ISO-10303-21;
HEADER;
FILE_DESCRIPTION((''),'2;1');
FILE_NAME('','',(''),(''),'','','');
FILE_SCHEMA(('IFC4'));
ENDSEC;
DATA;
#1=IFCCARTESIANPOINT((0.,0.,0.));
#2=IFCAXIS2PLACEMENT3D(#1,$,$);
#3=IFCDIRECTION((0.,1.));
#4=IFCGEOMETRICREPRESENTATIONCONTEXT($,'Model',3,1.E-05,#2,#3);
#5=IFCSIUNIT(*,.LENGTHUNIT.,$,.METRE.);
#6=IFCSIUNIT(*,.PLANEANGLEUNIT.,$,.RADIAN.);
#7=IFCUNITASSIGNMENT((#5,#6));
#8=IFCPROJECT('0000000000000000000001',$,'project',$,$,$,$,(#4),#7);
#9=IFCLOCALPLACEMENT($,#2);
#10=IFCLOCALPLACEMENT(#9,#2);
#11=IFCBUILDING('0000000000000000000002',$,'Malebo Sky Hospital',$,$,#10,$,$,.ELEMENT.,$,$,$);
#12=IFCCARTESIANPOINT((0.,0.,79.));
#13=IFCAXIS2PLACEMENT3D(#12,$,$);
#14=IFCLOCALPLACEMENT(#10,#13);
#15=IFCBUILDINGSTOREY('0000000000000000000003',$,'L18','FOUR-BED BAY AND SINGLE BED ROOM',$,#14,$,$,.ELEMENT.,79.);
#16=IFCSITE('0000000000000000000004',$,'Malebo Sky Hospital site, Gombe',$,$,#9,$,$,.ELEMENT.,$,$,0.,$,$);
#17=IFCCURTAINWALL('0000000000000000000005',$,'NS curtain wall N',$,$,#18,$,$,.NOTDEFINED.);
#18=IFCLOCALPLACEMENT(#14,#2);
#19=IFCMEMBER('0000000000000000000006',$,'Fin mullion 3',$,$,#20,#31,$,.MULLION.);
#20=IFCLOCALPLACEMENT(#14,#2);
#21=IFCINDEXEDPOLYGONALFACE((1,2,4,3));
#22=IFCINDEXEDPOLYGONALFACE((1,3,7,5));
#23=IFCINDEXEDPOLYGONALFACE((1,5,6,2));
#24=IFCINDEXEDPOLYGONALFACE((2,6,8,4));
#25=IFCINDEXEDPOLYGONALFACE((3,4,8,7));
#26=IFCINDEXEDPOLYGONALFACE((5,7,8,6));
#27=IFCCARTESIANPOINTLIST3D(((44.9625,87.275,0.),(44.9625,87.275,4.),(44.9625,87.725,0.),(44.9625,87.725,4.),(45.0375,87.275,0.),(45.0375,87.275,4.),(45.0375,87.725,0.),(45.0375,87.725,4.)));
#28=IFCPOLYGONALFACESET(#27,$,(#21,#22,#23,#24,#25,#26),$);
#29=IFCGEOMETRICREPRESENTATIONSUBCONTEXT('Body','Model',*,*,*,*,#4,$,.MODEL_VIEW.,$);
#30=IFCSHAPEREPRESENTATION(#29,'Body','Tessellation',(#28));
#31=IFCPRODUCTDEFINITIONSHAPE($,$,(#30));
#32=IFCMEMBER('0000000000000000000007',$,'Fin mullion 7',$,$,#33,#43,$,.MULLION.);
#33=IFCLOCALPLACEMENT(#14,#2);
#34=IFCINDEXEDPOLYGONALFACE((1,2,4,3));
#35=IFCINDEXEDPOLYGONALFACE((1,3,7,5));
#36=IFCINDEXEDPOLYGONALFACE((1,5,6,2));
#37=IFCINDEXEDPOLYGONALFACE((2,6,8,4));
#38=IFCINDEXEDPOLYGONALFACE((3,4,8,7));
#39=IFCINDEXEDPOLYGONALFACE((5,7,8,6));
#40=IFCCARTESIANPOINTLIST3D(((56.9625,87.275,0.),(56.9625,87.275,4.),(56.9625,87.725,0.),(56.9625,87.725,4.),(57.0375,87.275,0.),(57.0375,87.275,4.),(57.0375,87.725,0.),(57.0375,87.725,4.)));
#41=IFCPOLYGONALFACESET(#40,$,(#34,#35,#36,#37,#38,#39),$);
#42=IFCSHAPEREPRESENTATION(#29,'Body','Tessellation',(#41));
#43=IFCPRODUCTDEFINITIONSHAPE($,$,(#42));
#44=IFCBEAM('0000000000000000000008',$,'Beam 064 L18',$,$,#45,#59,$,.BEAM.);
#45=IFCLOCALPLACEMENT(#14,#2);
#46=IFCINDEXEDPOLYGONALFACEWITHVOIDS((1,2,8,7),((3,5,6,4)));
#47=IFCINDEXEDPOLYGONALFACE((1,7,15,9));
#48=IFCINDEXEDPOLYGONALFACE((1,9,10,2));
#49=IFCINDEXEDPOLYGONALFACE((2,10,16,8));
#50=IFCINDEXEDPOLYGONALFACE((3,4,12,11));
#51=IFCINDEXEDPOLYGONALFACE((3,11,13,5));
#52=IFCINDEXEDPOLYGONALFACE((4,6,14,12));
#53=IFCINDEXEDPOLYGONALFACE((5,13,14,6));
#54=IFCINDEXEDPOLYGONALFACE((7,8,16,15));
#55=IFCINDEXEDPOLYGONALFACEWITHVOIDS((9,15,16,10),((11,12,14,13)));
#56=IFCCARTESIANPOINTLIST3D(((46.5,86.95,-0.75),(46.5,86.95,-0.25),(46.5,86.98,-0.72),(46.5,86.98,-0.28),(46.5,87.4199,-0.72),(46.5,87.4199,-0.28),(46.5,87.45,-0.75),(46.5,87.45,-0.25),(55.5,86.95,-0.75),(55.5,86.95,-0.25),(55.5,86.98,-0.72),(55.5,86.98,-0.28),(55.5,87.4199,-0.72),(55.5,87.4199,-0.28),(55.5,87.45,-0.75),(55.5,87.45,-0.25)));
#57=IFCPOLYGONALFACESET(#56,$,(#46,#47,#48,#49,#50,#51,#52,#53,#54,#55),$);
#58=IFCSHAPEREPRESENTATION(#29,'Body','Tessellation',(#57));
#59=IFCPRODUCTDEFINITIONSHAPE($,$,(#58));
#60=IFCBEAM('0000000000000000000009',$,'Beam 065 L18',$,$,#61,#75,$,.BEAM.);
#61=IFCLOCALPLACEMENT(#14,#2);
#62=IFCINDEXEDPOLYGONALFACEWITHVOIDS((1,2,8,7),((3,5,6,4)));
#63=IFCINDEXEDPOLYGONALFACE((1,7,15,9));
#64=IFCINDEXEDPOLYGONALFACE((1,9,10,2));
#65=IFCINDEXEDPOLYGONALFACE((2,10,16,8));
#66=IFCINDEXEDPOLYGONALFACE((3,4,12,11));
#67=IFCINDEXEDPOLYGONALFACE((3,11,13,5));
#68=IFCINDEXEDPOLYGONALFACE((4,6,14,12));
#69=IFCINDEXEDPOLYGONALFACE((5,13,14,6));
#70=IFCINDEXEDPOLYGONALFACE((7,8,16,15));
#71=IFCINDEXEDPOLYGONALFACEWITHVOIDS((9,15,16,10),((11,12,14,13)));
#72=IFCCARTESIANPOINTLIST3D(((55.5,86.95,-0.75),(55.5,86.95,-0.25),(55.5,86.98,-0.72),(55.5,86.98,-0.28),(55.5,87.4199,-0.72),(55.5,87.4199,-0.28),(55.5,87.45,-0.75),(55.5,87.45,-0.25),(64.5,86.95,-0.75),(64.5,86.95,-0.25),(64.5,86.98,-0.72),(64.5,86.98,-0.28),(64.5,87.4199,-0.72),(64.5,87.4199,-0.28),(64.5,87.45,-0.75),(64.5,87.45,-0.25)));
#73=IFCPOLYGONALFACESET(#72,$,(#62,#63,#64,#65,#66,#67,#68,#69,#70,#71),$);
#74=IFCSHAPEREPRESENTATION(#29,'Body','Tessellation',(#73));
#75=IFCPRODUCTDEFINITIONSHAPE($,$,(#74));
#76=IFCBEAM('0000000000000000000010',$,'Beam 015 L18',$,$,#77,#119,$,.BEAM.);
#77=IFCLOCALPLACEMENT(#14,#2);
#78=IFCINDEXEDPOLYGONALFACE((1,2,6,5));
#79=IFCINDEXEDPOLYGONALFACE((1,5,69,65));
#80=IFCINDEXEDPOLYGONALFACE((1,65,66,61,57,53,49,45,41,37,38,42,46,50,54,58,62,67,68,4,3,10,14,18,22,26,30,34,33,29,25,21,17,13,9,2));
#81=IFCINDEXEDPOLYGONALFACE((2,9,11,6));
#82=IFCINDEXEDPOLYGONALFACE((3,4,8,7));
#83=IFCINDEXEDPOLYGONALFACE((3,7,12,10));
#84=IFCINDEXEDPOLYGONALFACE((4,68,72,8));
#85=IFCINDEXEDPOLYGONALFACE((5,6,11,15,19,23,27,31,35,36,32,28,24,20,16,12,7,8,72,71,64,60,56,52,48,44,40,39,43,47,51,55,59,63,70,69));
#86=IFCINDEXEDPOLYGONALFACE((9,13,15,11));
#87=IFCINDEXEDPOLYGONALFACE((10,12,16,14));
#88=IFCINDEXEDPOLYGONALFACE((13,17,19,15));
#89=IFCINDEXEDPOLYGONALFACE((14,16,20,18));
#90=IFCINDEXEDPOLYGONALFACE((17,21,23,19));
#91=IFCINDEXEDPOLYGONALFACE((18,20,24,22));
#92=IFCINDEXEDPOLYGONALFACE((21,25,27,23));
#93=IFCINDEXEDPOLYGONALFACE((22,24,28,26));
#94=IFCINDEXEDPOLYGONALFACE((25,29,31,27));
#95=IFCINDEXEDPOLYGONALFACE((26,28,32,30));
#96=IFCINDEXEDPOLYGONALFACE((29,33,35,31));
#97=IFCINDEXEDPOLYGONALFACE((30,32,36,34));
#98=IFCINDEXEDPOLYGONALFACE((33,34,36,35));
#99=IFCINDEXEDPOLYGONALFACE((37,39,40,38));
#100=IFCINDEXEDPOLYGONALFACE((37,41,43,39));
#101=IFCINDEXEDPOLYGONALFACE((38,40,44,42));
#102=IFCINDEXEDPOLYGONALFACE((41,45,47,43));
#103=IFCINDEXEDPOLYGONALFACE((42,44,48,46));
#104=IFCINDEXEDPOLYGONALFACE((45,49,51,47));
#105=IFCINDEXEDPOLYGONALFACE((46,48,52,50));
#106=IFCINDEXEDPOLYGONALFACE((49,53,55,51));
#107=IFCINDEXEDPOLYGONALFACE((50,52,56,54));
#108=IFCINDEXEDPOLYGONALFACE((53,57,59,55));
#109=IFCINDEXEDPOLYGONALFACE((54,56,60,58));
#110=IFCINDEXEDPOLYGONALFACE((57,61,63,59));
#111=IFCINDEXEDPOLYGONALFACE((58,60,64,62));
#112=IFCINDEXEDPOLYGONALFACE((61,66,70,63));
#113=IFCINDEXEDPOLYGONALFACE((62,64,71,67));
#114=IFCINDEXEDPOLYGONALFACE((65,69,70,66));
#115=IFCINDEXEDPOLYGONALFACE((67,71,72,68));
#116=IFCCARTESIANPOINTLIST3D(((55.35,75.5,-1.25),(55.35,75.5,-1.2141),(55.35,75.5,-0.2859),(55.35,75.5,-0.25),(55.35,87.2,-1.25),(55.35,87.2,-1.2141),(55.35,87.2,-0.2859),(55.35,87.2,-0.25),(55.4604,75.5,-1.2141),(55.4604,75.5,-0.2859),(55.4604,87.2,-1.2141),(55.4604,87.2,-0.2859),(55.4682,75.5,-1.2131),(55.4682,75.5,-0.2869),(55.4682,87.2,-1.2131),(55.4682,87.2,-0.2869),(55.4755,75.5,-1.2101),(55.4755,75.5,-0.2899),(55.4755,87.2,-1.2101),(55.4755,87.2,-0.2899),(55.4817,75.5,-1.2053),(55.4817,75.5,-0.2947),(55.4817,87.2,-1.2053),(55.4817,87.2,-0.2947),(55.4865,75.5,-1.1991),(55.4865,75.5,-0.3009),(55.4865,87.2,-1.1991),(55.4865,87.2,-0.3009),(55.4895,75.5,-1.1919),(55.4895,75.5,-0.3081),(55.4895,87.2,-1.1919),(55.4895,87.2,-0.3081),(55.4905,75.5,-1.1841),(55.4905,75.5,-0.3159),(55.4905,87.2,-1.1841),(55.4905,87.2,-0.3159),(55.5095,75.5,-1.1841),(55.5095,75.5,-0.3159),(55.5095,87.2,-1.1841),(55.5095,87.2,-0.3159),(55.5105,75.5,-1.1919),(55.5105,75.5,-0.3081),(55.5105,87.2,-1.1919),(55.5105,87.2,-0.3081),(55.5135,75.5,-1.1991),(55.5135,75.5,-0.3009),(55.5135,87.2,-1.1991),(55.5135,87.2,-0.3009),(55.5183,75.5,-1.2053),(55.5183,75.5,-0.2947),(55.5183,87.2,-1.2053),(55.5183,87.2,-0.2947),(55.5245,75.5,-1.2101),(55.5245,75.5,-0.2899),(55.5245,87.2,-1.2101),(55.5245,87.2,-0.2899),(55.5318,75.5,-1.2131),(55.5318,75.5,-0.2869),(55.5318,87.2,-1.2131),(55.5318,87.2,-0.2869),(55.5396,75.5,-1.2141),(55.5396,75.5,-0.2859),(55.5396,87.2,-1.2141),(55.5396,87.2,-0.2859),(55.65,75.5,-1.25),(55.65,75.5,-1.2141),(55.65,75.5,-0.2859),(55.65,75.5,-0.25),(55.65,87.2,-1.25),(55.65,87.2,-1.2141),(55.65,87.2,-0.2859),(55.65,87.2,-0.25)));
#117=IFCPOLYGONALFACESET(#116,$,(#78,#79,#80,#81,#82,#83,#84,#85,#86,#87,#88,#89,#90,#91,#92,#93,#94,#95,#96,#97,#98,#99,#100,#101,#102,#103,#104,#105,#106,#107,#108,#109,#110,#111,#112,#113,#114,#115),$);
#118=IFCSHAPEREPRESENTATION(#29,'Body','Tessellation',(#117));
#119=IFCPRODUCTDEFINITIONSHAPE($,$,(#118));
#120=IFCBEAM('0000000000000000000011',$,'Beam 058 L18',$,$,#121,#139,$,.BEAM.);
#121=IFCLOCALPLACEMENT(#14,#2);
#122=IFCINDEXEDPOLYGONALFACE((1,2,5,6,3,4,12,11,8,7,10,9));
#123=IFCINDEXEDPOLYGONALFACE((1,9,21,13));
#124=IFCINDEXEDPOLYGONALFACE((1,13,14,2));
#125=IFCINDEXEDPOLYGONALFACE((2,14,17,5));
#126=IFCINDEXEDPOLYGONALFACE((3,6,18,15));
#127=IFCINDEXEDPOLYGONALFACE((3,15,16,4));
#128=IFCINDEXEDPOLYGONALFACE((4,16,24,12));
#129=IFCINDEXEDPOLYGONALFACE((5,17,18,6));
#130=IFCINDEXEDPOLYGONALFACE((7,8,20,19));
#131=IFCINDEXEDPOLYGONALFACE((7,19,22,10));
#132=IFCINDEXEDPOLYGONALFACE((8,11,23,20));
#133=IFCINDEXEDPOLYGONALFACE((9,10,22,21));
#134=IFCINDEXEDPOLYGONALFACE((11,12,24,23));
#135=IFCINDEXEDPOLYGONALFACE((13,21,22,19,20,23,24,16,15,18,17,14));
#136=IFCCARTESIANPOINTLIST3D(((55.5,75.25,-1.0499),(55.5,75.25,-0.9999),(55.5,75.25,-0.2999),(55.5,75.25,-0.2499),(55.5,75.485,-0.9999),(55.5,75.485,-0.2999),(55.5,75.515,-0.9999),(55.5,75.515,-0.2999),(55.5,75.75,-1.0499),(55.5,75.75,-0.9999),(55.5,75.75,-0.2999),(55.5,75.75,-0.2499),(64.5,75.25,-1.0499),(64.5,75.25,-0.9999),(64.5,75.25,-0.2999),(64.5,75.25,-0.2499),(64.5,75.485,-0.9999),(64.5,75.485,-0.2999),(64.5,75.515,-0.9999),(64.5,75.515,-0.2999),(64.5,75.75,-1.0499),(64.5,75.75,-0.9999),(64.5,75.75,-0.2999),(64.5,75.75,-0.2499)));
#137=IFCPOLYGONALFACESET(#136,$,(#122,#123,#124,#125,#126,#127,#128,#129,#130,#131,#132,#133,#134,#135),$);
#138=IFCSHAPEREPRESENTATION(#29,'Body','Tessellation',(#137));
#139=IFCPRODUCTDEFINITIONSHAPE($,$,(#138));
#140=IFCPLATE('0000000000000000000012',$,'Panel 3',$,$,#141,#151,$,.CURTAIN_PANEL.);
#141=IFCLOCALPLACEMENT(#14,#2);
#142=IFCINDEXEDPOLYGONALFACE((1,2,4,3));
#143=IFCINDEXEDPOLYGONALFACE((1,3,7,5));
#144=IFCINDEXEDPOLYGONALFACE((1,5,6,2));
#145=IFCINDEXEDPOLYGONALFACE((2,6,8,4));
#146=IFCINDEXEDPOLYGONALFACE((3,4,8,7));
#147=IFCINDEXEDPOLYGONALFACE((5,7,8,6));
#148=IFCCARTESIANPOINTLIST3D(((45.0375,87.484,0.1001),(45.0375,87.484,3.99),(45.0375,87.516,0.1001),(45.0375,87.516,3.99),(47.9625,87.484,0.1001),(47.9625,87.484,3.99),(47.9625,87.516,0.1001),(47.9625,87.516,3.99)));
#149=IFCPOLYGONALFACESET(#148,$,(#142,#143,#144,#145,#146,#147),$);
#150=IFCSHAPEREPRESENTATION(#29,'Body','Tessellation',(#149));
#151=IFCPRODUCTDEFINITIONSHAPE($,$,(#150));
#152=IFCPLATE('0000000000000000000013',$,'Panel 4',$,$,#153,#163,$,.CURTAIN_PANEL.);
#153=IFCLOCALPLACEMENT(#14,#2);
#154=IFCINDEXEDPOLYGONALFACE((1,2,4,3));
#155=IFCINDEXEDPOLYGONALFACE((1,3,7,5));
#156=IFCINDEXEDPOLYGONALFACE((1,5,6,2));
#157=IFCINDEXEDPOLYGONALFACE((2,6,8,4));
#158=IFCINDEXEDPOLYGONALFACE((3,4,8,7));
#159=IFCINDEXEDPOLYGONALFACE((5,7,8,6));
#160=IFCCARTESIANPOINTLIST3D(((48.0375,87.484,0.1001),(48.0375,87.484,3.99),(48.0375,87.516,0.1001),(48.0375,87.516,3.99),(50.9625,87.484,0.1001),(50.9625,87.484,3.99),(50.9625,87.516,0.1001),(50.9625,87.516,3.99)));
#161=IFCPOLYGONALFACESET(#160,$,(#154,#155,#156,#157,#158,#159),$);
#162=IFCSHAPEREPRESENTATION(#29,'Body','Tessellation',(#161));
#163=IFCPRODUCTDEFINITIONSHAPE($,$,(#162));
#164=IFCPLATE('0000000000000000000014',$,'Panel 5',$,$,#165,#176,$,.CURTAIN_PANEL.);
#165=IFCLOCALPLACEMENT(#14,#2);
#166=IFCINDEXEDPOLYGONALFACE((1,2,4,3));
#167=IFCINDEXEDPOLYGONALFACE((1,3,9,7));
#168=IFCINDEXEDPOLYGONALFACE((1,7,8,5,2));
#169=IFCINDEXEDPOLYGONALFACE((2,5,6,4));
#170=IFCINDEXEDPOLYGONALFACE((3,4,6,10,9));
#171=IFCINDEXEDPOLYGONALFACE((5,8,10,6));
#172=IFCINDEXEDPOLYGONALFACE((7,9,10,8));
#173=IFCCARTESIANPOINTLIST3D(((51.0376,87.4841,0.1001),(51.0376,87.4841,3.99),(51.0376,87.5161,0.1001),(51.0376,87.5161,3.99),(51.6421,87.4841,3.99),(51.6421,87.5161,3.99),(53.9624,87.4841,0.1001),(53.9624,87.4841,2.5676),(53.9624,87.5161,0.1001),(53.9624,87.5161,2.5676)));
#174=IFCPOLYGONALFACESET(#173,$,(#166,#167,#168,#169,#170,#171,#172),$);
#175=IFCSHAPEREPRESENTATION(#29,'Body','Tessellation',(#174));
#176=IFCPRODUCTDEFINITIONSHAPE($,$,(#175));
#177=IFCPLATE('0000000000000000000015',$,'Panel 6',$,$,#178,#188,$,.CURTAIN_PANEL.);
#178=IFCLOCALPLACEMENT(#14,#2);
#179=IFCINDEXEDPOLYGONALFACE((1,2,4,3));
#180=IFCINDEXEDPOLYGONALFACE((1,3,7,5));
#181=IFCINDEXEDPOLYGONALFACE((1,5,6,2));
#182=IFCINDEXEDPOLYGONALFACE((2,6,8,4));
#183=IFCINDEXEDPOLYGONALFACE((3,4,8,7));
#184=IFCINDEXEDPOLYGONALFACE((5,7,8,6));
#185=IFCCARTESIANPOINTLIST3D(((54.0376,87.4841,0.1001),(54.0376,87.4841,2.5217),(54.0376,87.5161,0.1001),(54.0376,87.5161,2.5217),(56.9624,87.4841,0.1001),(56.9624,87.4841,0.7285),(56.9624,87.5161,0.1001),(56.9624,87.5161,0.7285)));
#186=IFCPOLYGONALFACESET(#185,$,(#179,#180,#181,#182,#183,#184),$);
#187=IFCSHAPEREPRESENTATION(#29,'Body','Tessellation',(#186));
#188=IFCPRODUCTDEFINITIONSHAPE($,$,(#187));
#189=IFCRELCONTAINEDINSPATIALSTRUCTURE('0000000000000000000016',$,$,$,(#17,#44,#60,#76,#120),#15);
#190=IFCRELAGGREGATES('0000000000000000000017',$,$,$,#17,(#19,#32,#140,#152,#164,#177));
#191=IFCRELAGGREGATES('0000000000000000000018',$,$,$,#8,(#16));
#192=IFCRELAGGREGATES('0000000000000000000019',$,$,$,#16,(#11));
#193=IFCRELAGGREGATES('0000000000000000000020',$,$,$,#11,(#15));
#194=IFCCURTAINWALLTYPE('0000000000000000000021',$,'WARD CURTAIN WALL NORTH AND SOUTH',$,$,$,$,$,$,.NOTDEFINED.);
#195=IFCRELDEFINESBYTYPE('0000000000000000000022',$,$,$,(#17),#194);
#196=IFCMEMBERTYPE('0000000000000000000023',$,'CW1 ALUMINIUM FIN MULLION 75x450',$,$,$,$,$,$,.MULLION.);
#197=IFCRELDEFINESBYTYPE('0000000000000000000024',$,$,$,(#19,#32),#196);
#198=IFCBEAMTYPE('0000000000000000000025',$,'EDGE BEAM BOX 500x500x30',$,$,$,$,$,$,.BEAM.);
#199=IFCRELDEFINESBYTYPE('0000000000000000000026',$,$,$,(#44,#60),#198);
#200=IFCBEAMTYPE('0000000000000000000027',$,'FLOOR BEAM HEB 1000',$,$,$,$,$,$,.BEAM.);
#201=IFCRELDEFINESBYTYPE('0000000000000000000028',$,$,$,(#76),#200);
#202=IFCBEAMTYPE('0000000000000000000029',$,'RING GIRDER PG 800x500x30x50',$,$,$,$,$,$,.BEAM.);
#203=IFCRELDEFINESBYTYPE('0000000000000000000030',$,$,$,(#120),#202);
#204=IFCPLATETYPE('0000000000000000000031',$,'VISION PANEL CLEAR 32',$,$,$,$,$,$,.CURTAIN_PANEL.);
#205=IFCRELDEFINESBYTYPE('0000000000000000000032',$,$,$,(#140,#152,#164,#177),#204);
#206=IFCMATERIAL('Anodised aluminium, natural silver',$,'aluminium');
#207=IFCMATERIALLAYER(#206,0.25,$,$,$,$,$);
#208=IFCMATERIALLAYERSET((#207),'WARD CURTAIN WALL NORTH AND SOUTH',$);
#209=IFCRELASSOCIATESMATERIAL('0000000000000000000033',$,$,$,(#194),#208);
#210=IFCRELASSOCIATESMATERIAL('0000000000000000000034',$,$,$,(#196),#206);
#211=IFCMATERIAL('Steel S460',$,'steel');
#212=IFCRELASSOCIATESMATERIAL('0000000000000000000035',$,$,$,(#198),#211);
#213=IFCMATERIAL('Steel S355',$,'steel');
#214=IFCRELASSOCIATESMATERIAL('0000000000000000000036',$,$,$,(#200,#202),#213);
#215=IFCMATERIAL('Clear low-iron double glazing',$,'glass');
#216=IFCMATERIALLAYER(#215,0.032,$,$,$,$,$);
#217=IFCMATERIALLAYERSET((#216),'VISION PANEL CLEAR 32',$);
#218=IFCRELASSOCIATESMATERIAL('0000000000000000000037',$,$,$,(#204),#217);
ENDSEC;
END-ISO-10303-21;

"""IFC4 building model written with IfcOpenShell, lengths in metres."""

from ifc_helpers import new_model, si_unit, direction, frame, origin, origin_2d, place, context, subcontext, project, spatial, polyline, rectangle, hollow_rectangle, i_section, outline, extrude, material, layer, layer_set, material_profile, profile_set, type_object, element, aggregate, save


model = new_model("IFC4")

# Units and contexts
model_context = context("Model", 3, precision=1e-05, world=origin(), true_north=direction((0.0, 1.0)))
body_context = subcontext(model_context, "Body", "Model", "MODEL_VIEW")
ifc_project = project(units=[si_unit("LENGTHUNIT", "METRE"), si_unit("PLANEANGLEUNIT", "RADIAN")], contexts=[model_context])

# Site, building, storey
site_placement = place(None, origin())
site = spatial("IfcSite", under=ifc_project, at=site_placement, Name="Malebo Sky Hospital site, Gombe", CompositionType="ELEMENT", RefElevation=0.0)
building_placement = place(site_placement, origin())
building = spatial("IfcBuilding", under=site, at=building_placement, Name="Malebo Sky Hospital", CompositionType="ELEMENT")
storey_placement = place(building_placement, frame((0.0, 0.0, 79.0)))
storey = spatial("IfcBuildingStorey", under=building, at=storey_placement, Name="L18", Description="FOUR-BED BAY AND SINGLE BED ROOM", CompositionType="ELEMENT", Elevation=79.0)

# Shared definitions
ifc_material_1 = material(Name="Steel S460", Category="steel")

# Curtain wall
ifc_material_2 = material(Name="Anodised aluminium, natural silver", Category="aluminium")
ifc_layer_1 = layer(ifc_material_2, 0.25)
ifc_layer_set_1 = layer_set([ifc_layer_1], Name="WARD CURTAIN WALL NORTH AND SOUTH")
curtain_wall_type = type_object("IfcCurtainWallType", Name="WARD CURTAIN WALL NORTH AND SOUTH", PredefinedType="NOTDEFINED", material=ifc_layer_set_1)
curtain_wall_placement = place(storey_placement, origin())
curtain_wall = element("IfcCurtainWall", 1, at=curtain_wall_placement, inside=storey, type_object=curtain_wall_type, Name="NS curtain wall N", PredefinedType="NOTDEFINED")

# Members
ifc_material_3 = material(Name="Steel S355", Category="steel")
ifc_material_profile_1 = material_profile(ifc_material_2, rectangle(XDim=0.075, YDim=0.45, at=origin_2d()), Name="CW1 ALUMINIUM FIN MULLION 75x450")
ifc_profile_set_1 = profile_set([ifc_material_profile_1], Name="Anodised aluminium, natural silver")
member_type_1 = type_object("IfcMemberType", Name="CW1 ALUMINIUM FIN MULLION 75x450", PredefinedType="MULLION", material=ifc_profile_set_1)
member_1_placement = place(storey_placement, frame((45.0, 87.5, 0.0), z_axis=(0.0, 0.0, 1.0), x_axis=(1.0, 0.0, 0.0)))
member_1 = element("IfcMember", 2, at=member_1_placement, type_object=member_type_1, Name="Fin mullion 3", PredefinedType="MULLION", context=body_context, shape_type="SweptSolid", body=[
    extrude(rectangle(XDim=0.075, YDim=0.45, at=origin_2d()), origin(), (0.0, 0.0, 1.0), 4.0),
])
member_2_placement = place(storey_placement, frame((57.0, 87.5, 0.0), z_axis=(0.0, 0.0, 1.0), x_axis=(1.0, 0.0, 0.0)))
member_2 = element("IfcMember", 3, at=member_2_placement, type_object=member_type_1, Name="Fin mullion 7", PredefinedType="MULLION", context=body_context, shape_type="SweptSolid", body=[
    extrude(rectangle(XDim=0.075, YDim=0.45, at=origin_2d()), origin(), (0.0, 0.0, 1.0), 4.0),
])

# Beams
ifc_material_profile_2 = material_profile(ifc_material_1, hollow_rectangle(XDim=0.5, YDim=0.5, WallThickness=0.03, at=origin_2d()), Name="BOX 500x500x30")
ifc_profile_set_2 = profile_set([ifc_material_profile_2], Name="Steel S460")
beam_type_1 = type_object("IfcBeamType", Name="EDGE BEAM BOX 500x500x30", PredefinedType="BEAM", material=ifc_profile_set_2)
for number, where, z_axis, x_axis, name in (
    (4, (46.5, 87.2, -0.5), (1.0, 0.0, 0.0), (0.0, 1.0, 0.0), "Beam 064 L18"),
    (5, (55.5, 87.2, -0.5), (1.0, 0.0, 0.0), (0.0, 1.0, 0.0), "Beam 065 L18"),
):
    element("IfcBeam", number, at=place(storey_placement, frame(where, z_axis=z_axis, x_axis=x_axis)), inside=storey, type_object=beam_type_1, Name=name, PredefinedType="BEAM", context=body_context, shape_type="SweptSolid", body=[
        extrude(hollow_rectangle(XDim=0.5, YDim=0.5, WallThickness=0.03, at=origin_2d()), origin(), (0.0, 0.0, 1.0), 9.0),
    ])
ifc_material_profile_3 = material_profile(ifc_material_3, i_section(OverallWidth=0.3, OverallDepth=1.0, WebThickness=0.019, FlangeThickness=0.0359, FilletRadius=0.03, at=origin_2d()), Name="HEB 1000")
ifc_profile_set_3 = profile_set([ifc_material_profile_3], Name="Steel S355")
beam_type_2 = type_object("IfcBeamType", Name="FLOOR BEAM HEB 1000", PredefinedType="BEAM", material=ifc_profile_set_3)
beam_1_placement = place(storey_placement, frame((55.5, 75.5, -0.75), z_axis=(0.0, 1.0, 0.0), x_axis=(-1.0, 0.0, 0.0)))
element("IfcBeam", 6, at=beam_1_placement, inside=storey, type_object=beam_type_2, Name="Beam 015 L18", PredefinedType="BEAM", context=body_context, shape_type="SweptSolid", body=[
    extrude(i_section(OverallWidth=0.3, OverallDepth=1.0, WebThickness=0.019, FlangeThickness=0.0359, FilletRadius=0.03, at=origin_2d()), origin(), (0.0, 0.0, 1.0), 11.7),
])
ifc_material_profile_4 = material_profile(ifc_material_3, i_section(OverallWidth=0.5, OverallDepth=0.8, WebThickness=0.03, FlangeThickness=0.05, at=origin_2d()), Name="PG 800x500x30x50")
ifc_profile_set_4 = profile_set([ifc_material_profile_4], Name="Steel S355")
beam_type_3 = type_object("IfcBeamType", Name="RING GIRDER PG 800x500x30x50", PredefinedType="BEAM", material=ifc_profile_set_4)
beam_2_placement = place(storey_placement, frame((55.5, 75.5, -0.6499), z_axis=(1.0, 0.0, 0.0), x_axis=(0.0, 1.0, 0.0)))
element("IfcBeam", 7, at=beam_2_placement, inside=storey, type_object=beam_type_3, Name="Beam 058 L18", PredefinedType="BEAM", context=body_context, shape_type="SweptSolid", body=[
    extrude(i_section(OverallWidth=0.5, OverallDepth=0.8, WebThickness=0.03, FlangeThickness=0.05, at=origin_2d()), origin(), (0.0, 0.0, 1.0), 9.0),
])

# Plates
ifc_material_4 = material(Name="Clear low-iron double glazing", Category="glass")
ifc_layer_2 = layer(ifc_material_4, 0.032)
ifc_layer_set_2 = layer_set([ifc_layer_2], Name="VISION PANEL CLEAR 32")
plate_type = type_object("IfcPlateType", Name="VISION PANEL CLEAR 32", PredefinedType="CURTAIN_PANEL", material=ifc_layer_set_2)
plate_1_placement = place(storey_placement, frame((46.5, 87.5, 0.1001), z_axis=(0.0, 0.0, 1.0), x_axis=(1.0, 0.0, 0.0)))
plate_1 = element("IfcPlate", 8, at=plate_1_placement, type_object=plate_type, Name="Panel 3", PredefinedType="CURTAIN_PANEL", context=body_context, shape_type="SweptSolid", body=[
    extrude(rectangle(XDim=2.925, YDim=0.032, at=origin_2d()), origin(), (0.0, 0.0, 1.0), 3.8899),
])
plate_2_placement = place(storey_placement, frame((49.5, 87.5, 0.1001), z_axis=(0.0, 0.0, 1.0), x_axis=(1.0, 0.0, 0.0)))
plate_2 = element("IfcPlate", 9, at=plate_2_placement, type_object=plate_type, Name="Panel 4", PredefinedType="CURTAIN_PANEL", context=body_context, shape_type="SweptSolid", body=[
    extrude(rectangle(XDim=2.925, YDim=0.032, at=origin_2d()), origin(), (0.0, 0.0, 1.0), 3.8899),
])
plate_3_placement = place(storey_placement, frame((52.5, 87.5, 0.1001), z_axis=(0.0, 0.0, 1.0), x_axis=(1.0, 0.0, 0.0)))
plate_3 = element("IfcPlate", 10, at=plate_3_placement, type_object=plate_type, Name="Panel 5", PredefinedType="CURTAIN_PANEL", context=body_context, shape_type="SweptSolid", body=[
    extrude(outline(polyline([(-1.4624, 0.0), (1.4624, 0.0), (1.4624, 2.4675), (-0.8579, 3.8899), (-1.4624, 3.8899), (-1.4624, 0.0)])), frame((0.0, 0.0161, 0.0), z_axis=(0.0, -1.0, 0.0), x_axis=(1.0, 0.0, 0.0)), (0.0, 0.0, 1.0), 0.032),
])
plate_4_placement = place(storey_placement, frame((55.5, 87.5, 0.1001), z_axis=(0.0, 0.0, 1.0), x_axis=(1.0, 0.0, 0.0)))
plate_4 = element("IfcPlate", 11, at=plate_4_placement, type_object=plate_type, Name="Panel 6", PredefinedType="CURTAIN_PANEL", context=body_context, shape_type="SweptSolid", body=[
    extrude(outline(polyline([(-1.4624, 0.0), (1.4624, 0.0), (1.4624, 0.6284), (-1.4624, 2.4216), (-1.4624, 0.0)])), frame((0.0, 0.0161, 0.0), z_axis=(0.0, -1.0, 0.0), x_axis=(1.0, 0.0, 0.0)), (0.0, 0.0, 1.0), 0.032),
])
aggregate(curtain_wall, [member_1, member_2, plate_1, plate_2, plate_3, plate_4])

save(model, "model.ifc")
